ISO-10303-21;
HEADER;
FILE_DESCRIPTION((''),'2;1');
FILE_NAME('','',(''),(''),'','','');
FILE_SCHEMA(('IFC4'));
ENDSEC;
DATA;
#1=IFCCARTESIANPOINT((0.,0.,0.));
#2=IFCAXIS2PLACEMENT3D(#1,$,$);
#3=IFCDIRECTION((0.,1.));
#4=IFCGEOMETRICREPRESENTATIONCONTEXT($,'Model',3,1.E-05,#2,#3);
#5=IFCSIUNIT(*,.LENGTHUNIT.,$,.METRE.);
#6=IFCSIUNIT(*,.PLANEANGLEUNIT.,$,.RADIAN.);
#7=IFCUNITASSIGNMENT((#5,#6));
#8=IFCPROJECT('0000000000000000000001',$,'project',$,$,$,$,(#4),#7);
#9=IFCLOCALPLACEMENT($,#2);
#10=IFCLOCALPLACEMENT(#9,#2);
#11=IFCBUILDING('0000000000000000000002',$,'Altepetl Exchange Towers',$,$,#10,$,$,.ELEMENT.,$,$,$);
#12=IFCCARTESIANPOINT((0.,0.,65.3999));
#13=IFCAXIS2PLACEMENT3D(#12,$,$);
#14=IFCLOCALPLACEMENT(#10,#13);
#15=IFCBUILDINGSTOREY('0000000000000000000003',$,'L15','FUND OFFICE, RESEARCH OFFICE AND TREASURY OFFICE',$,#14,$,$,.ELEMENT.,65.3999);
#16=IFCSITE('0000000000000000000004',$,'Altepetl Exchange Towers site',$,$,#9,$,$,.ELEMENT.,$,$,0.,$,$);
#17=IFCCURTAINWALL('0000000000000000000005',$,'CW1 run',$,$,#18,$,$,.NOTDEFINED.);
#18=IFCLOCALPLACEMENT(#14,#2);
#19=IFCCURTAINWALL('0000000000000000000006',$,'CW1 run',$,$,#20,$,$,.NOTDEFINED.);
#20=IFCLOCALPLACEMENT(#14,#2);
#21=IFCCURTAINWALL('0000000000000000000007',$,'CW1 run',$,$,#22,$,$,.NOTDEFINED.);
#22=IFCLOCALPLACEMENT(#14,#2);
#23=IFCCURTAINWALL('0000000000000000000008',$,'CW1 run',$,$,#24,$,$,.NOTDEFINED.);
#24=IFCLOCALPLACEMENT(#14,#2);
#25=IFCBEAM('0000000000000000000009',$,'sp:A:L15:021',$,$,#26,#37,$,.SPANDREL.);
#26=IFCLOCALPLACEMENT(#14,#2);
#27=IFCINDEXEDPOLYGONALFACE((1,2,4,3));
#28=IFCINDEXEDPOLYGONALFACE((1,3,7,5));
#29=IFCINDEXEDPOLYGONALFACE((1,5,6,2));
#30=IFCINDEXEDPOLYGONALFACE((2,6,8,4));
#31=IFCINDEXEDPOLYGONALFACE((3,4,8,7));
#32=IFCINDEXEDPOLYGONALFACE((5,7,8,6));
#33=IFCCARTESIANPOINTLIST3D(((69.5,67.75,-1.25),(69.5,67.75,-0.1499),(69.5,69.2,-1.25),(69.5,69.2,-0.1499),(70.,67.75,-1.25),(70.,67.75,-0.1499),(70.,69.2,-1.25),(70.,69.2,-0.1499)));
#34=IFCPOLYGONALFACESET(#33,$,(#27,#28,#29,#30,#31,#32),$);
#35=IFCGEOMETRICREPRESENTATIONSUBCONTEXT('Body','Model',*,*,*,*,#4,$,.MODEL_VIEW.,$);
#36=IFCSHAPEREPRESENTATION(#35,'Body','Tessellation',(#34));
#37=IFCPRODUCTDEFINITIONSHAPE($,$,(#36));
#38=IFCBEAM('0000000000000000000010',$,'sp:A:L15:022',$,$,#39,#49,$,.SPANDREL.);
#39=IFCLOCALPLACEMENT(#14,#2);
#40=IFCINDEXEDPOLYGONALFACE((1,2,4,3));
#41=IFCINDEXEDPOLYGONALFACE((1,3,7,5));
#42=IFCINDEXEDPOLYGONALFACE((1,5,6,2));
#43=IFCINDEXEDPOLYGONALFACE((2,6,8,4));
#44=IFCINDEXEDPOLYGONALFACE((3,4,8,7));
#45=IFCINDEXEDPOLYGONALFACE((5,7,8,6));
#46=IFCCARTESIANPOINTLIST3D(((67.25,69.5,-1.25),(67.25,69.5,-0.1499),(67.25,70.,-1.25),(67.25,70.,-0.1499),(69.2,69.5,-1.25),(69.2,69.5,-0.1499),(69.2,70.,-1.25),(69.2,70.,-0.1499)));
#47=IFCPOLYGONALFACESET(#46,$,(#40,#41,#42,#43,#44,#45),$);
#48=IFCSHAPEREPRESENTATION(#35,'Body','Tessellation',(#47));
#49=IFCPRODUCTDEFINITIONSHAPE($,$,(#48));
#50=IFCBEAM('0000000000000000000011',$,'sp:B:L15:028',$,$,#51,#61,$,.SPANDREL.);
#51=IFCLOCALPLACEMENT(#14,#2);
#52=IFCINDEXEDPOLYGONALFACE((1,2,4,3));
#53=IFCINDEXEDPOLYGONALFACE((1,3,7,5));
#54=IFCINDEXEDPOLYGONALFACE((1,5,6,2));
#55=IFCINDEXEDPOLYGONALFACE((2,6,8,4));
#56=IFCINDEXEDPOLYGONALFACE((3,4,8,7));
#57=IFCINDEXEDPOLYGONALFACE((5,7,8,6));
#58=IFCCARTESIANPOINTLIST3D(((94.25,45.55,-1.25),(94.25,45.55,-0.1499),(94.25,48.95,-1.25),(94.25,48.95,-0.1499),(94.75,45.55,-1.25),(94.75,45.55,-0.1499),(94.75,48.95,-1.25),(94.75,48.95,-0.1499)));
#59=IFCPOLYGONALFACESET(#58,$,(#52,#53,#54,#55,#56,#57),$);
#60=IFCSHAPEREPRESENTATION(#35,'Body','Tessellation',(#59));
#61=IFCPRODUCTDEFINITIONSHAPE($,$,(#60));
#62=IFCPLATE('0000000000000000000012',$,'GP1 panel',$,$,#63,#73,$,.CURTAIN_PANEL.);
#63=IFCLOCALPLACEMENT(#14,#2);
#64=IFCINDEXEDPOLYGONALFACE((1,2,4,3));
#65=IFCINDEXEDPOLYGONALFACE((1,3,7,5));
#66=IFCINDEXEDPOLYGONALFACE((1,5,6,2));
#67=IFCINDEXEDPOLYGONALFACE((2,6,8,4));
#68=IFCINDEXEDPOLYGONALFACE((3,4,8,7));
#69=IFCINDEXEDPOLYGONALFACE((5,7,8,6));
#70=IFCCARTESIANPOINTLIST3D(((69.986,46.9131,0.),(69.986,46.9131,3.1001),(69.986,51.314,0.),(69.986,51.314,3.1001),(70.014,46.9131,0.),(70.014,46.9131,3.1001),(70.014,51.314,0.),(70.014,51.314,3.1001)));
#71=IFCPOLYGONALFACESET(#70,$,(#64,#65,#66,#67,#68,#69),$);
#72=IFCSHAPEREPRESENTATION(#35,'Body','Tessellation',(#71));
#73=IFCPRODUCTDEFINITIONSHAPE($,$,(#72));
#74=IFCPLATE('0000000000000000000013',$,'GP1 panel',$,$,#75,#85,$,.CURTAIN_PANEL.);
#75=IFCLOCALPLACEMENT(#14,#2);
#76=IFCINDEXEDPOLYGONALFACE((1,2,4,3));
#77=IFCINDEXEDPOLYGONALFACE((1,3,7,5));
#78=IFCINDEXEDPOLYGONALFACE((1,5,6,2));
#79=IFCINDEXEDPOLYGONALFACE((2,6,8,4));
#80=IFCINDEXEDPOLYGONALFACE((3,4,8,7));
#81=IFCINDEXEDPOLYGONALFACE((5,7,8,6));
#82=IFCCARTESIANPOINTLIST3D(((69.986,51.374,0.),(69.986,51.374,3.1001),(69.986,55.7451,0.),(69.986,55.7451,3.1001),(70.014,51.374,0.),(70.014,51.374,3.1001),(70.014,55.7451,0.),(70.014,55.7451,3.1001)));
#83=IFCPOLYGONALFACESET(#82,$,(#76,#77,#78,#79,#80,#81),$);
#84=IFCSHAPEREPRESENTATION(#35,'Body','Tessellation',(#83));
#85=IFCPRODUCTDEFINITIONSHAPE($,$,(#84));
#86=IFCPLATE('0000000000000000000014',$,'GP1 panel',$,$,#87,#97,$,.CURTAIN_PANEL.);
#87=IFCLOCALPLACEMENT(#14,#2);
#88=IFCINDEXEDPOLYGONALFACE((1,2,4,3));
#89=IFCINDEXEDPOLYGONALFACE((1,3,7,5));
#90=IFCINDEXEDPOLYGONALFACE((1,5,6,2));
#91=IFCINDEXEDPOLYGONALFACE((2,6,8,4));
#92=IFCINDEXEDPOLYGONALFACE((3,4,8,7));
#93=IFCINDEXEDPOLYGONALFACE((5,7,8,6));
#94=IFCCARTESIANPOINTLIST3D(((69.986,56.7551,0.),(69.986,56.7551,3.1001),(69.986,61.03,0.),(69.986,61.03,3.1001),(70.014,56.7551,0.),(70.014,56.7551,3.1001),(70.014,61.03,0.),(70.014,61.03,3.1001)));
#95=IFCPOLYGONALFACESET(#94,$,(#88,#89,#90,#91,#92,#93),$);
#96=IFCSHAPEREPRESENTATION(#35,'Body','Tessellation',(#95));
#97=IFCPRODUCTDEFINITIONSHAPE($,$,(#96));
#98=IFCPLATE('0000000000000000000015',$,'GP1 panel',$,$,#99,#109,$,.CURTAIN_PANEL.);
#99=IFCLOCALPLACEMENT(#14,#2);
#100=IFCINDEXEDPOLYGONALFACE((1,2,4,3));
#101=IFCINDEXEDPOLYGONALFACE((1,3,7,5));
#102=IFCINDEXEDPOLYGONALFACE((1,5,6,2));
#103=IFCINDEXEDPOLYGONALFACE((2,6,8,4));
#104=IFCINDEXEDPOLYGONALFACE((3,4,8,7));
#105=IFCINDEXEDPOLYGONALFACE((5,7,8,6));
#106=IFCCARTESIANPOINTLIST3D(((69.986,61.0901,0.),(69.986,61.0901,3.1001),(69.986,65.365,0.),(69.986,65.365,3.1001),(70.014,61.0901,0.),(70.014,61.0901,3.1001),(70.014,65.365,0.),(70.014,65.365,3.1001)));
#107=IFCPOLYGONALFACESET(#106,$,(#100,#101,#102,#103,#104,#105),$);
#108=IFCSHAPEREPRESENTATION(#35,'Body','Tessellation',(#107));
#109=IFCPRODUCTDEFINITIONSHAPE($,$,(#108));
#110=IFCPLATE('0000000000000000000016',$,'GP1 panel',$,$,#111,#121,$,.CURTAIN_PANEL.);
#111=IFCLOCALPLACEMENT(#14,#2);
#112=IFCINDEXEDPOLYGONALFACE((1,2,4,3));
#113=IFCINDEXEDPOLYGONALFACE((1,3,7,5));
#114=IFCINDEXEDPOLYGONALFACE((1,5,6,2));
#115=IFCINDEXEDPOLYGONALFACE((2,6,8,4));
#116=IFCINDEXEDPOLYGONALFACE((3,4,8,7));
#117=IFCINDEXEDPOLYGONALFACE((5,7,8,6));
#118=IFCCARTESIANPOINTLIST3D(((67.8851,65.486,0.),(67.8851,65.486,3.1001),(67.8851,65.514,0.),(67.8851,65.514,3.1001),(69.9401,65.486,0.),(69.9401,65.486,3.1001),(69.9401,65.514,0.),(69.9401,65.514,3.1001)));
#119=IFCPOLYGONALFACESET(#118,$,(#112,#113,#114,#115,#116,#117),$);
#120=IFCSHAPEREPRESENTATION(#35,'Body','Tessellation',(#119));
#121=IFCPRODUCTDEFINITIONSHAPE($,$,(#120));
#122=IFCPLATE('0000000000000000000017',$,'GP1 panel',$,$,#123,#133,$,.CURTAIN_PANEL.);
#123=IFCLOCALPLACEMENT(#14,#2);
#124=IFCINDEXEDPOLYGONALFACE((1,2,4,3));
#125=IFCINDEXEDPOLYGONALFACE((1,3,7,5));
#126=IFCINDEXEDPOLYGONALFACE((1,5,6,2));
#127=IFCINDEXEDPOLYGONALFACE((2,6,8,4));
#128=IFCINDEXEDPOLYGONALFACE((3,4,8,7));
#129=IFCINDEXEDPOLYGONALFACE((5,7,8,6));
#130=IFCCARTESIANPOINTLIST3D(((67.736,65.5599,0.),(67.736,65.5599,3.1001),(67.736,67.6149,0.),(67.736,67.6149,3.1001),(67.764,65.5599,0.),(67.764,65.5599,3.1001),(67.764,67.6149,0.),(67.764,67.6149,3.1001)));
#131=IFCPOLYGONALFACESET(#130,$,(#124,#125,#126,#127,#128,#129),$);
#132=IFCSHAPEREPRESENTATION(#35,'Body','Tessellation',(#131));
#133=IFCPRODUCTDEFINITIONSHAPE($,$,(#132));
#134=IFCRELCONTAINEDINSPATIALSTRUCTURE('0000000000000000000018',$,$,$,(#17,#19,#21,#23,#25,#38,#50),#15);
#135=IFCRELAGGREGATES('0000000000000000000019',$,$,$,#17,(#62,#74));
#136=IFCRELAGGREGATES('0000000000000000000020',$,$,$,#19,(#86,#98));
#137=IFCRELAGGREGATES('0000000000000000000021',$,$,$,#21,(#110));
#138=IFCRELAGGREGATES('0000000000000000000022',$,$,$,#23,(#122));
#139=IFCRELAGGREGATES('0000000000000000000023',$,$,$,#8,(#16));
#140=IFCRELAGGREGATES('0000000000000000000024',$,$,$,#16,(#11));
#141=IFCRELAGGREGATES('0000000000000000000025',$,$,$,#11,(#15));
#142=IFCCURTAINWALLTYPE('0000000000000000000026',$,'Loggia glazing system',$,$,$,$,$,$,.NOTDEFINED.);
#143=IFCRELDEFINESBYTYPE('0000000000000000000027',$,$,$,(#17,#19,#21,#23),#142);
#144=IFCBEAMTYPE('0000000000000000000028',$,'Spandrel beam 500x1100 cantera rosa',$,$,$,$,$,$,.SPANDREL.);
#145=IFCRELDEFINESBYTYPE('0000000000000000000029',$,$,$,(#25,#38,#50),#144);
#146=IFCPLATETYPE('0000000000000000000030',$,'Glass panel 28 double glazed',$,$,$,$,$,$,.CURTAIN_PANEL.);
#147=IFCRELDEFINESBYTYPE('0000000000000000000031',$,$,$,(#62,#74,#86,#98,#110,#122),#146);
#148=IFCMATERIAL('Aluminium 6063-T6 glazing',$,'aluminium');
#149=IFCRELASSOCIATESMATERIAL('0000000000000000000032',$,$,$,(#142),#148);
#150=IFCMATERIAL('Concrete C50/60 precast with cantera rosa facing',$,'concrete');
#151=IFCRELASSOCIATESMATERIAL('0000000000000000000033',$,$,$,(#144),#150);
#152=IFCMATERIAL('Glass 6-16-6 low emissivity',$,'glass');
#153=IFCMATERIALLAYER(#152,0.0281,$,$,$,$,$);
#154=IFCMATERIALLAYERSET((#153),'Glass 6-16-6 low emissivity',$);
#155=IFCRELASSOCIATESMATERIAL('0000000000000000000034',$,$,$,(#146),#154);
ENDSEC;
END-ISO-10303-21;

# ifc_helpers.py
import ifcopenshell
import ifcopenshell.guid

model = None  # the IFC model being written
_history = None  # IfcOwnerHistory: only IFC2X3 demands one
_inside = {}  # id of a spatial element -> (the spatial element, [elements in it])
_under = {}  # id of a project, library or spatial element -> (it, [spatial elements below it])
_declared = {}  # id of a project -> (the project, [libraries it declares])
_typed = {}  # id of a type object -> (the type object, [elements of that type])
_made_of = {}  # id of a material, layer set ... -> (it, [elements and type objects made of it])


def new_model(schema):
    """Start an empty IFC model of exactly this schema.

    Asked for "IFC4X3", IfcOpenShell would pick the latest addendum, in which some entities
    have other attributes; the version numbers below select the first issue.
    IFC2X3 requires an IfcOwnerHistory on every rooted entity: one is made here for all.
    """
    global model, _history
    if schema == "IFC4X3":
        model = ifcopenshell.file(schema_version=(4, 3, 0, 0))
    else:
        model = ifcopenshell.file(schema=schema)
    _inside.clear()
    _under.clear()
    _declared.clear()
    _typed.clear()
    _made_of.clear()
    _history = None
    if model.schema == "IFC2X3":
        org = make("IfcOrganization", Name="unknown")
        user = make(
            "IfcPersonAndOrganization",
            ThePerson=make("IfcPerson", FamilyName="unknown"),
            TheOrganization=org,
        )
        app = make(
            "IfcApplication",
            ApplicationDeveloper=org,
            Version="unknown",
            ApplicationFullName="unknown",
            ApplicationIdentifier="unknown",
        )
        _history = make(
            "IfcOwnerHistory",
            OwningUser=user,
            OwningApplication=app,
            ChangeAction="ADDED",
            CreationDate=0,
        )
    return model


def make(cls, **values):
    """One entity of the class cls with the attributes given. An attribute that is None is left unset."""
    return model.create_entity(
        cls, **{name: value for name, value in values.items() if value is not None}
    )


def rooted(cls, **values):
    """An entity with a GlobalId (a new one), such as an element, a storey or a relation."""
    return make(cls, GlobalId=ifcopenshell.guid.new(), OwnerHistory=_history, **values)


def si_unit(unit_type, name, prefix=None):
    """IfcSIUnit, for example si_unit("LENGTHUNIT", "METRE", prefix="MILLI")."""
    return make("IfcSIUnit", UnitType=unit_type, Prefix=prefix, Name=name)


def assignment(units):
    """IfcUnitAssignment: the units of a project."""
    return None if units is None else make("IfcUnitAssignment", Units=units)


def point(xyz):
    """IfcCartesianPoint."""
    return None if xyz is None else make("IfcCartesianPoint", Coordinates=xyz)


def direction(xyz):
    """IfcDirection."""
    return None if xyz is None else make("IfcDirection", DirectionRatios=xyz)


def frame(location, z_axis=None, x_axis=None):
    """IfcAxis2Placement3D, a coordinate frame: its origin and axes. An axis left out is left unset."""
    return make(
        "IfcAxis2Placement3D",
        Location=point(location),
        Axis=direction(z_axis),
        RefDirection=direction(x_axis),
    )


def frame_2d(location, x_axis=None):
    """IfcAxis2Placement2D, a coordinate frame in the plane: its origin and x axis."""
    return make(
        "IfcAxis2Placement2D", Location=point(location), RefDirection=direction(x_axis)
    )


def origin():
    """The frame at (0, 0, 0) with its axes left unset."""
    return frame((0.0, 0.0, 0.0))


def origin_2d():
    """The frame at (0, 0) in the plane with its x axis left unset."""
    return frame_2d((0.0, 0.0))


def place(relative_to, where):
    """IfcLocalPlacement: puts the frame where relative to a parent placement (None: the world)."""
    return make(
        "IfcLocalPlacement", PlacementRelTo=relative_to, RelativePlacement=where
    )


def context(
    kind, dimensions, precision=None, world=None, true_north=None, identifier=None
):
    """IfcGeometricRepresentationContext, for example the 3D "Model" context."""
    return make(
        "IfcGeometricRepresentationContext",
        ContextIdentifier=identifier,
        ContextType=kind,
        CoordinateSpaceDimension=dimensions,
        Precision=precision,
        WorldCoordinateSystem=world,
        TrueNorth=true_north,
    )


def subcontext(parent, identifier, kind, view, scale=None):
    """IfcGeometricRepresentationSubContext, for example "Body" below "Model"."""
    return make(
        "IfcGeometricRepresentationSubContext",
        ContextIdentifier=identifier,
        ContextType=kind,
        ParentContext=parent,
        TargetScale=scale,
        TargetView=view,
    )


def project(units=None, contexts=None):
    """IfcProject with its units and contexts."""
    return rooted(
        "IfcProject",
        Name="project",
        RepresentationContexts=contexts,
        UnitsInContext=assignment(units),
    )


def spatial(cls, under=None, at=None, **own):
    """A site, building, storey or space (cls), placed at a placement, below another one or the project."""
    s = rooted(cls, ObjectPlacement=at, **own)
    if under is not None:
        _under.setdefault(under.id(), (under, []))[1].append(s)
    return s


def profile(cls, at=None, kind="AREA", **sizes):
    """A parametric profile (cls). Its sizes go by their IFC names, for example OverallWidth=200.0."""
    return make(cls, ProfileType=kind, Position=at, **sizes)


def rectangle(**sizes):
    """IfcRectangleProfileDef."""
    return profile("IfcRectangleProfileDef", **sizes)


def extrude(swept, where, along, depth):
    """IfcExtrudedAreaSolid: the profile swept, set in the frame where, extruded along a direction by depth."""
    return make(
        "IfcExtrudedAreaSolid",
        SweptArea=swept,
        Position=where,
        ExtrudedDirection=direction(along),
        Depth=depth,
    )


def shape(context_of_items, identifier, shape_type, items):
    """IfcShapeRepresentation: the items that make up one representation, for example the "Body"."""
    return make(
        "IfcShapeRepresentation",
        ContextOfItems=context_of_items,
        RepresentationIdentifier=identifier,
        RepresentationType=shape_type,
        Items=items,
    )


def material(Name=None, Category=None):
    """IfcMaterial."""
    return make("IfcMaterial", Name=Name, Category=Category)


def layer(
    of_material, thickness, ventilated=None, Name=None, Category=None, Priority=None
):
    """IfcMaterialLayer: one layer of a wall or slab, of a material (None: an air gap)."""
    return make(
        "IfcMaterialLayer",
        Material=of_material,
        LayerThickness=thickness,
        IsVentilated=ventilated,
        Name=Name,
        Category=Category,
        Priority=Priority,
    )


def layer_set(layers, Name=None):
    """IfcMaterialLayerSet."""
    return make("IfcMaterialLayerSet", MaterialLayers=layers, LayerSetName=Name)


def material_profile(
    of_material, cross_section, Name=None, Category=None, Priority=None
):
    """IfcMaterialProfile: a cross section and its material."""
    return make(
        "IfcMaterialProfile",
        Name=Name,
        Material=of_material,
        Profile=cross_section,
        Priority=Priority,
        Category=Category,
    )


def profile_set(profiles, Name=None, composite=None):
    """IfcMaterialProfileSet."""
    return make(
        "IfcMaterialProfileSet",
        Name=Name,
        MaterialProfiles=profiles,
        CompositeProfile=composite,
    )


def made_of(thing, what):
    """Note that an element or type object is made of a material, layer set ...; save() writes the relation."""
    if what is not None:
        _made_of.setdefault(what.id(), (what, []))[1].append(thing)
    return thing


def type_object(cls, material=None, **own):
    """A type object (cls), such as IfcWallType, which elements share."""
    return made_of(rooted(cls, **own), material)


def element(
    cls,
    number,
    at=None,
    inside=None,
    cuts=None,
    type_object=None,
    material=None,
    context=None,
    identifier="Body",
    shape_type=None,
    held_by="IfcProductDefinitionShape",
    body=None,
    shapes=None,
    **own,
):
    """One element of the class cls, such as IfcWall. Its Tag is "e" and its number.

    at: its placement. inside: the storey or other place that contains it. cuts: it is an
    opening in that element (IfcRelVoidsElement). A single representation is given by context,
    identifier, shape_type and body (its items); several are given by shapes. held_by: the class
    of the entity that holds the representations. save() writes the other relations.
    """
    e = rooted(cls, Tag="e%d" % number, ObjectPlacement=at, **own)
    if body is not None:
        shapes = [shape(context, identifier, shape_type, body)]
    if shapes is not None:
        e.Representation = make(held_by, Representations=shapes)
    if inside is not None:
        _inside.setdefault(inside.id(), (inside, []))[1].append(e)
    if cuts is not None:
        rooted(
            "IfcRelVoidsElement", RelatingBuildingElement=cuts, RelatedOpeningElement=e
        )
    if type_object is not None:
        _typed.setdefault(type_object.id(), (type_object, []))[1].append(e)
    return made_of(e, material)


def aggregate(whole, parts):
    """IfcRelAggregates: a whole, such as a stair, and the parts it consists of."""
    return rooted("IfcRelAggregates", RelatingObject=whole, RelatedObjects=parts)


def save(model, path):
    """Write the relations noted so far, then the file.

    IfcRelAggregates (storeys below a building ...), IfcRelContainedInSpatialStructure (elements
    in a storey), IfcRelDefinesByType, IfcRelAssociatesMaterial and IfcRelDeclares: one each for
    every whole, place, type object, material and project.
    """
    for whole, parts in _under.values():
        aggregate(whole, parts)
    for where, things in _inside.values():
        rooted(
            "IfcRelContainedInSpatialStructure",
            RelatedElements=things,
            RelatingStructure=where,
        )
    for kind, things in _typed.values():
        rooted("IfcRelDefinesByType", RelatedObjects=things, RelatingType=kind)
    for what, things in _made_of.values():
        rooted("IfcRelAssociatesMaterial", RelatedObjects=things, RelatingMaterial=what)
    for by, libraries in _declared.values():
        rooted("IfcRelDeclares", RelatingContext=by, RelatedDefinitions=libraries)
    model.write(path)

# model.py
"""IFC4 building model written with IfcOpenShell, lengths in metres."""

from ifc_helpers import new_model, si_unit, direction, frame, origin, origin_2d, place, context, subcontext, project, spatial, rectangle, extrude, material, layer, layer_set, material_profile, profile_set, type_object, element, aggregate, save


model = new_model("IFC4")

# Units and contexts
model_context = context("Model", 3, precision=1e-05, world=origin(), true_north=direction((0.0, 1.0)))
body_context = subcontext(model_context, "Body", "Model", "MODEL_VIEW")
ifc_project = project(units=[si_unit("LENGTHUNIT", "METRE"), si_unit("PLANEANGLEUNIT", "RADIAN")], contexts=[model_context])

# Site, building, storey
site_placement = place(None, origin())
site = spatial("IfcSite", under=ifc_project, at=site_placement, Name="Altepetl Exchange Towers site", CompositionType="ELEMENT", RefElevation=0.0)
building_placement = place(site_placement, origin())
building = spatial("IfcBuilding", under=site, at=building_placement, Name="Altepetl Exchange Towers", CompositionType="ELEMENT")
storey_placement = place(building_placement, frame((0.0, 0.0, 65.3999)))
storey = spatial("IfcBuildingStorey", under=building, at=storey_placement, Name="L15", Description="FUND OFFICE, RESEARCH OFFICE AND TREASURY OFFICE", CompositionType="ELEMENT", Elevation=65.3999)

# Curtain walls
ifc_material_1 = material(Name="Aluminium 6063-T6 glazing", Category="aluminium")
curtain_wall_type = type_object("IfcCurtainWallType", Name="Loggia glazing system", PredefinedType="NOTDEFINED", material=ifc_material_1)
curtain_wall_1_placement = place(storey_placement, origin())
curtain_wall_1 = element("IfcCurtainWall", 1, at=curtain_wall_1_placement, inside=storey, type_object=curtain_wall_type, Name="CW1 run", PredefinedType="NOTDEFINED")
curtain_wall_2_placement = place(storey_placement, origin())
curtain_wall_2 = element("IfcCurtainWall", 2, at=curtain_wall_2_placement, inside=storey, type_object=curtain_wall_type, Name="CW1 run", PredefinedType="NOTDEFINED")
curtain_wall_3_placement = place(storey_placement, origin())
curtain_wall_3 = element("IfcCurtainWall", 3, at=curtain_wall_3_placement, inside=storey, type_object=curtain_wall_type, Name="CW1 run", PredefinedType="NOTDEFINED")
curtain_wall_4_placement = place(storey_placement, origin())
curtain_wall_4 = element("IfcCurtainWall", 4, at=curtain_wall_4_placement, inside=storey, type_object=curtain_wall_type, Name="CW1 run", PredefinedType="NOTDEFINED")

# Beams
ifc_material_2 = material(Name="Concrete C50/60 precast with cantera rosa facing", Category="concrete")
ifc_material_profile_1 = material_profile(ifc_material_2, rectangle(XDim=0.5, YDim=1.1001, at=origin_2d()), Name="500 x 1100")
ifc_profile_set_1 = profile_set([ifc_material_profile_1], Name="Concrete C50/60 precast with cantera rosa facing")
beam_type_1 = type_object("IfcBeamType", Name="Spandrel beam 500x1100 cantera rosa", PredefinedType="SPANDREL", material=ifc_profile_set_1)
beam_1_placement = place(storey_placement, frame((69.75, 67.75, -0.7), z_axis=(0.0, 1.0, 0.0), x_axis=(-1.0, 0.0, 0.0)))
element("IfcBeam", 5, at=beam_1_placement, inside=storey, type_object=beam_type_1, Name="sp:A:L15:021", PredefinedType="SPANDREL", context=body_context, shape_type="SweptSolid", body=[
    extrude(rectangle(XDim=0.5, YDim=1.1001, at=origin_2d()), origin(), (0.0, 0.0, 1.0), 1.45),
])
beam_2_placement = place(storey_placement, frame((69.2, 69.75, -0.7), z_axis=(-1.0, 0.0, 0.0), x_axis=(0.0, -1.0, 0.0)))
element("IfcBeam", 6, at=beam_2_placement, inside=storey, type_object=beam_type_1, Name="sp:A:L15:022", PredefinedType="SPANDREL", context=body_context, shape_type="SweptSolid", body=[
    extrude(rectangle(XDim=0.5, YDim=1.1001, at=origin_2d()), origin(), (0.0, 0.0, 1.0), 1.95),
])
beam_3_placement = place(storey_placement, frame((94.5, 48.95, -0.7), z_axis=(0.0, -1.0, 0.0), x_axis=(1.0, 0.0, 0.0)))
element("IfcBeam", 7, at=beam_3_placement, inside=storey, type_object=beam_type_1, Name="sp:B:L15:028", PredefinedType="SPANDREL", context=body_context, shape_type="SweptSolid", body=[
    extrude(rectangle(XDim=0.5, YDim=1.1001, at=origin_2d()), origin(), (0.0, 0.0, 1.0), 3.3999),
])

# Plates
ifc_material_3 = material(Name="Glass 6-16-6 low emissivity", Category="glass")
ifc_layer = layer(ifc_material_3, 0.0281)
ifc_layer_set = layer_set([ifc_layer], Name="Glass 6-16-6 low emissivity")
plate_type = type_object("IfcPlateType", Name="Glass panel 28 double glazed", PredefinedType="CURTAIN_PANEL", material=ifc_layer_set)
plate_1_placement = place(storey_placement, frame((70.0, 49.1135, 0.0), z_axis=(0.0, 0.0, 1.0), x_axis=(0.0, 1.0, 0.0)))
plate_1 = element("IfcPlate", 8, at=plate_1_placement, type_object=plate_type, Name="GP1 panel", PredefinedType="CURTAIN_PANEL", context=body_context, shape_type="SweptSolid", body=[
    extrude(rectangle(XDim=4.4009, YDim=0.0281, at=origin_2d()), origin(), (0.0, 0.0, 1.0), 3.1001),
])
plate_2_placement = place(storey_placement, frame((70.0, 53.5596, 0.0), z_axis=(0.0, 0.0, 1.0), x_axis=(0.0, 1.0, 0.0)))
plate_2 = element("IfcPlate", 9, at=plate_2_placement, type_object=plate_type, Name="GP1 panel", PredefinedType="CURTAIN_PANEL", context=body_context, shape_type="SweptSolid", body=[
    extrude(rectangle(XDim=4.3711, YDim=0.0281, at=origin_2d()), origin(), (0.0, 0.0, 1.0), 3.1001),
])
aggregate(curtain_wall_1, [plate_1, plate_2])
plate_3_placement = place(storey_placement, frame((70.0, 58.8926, 0.0), z_axis=(0.0, 0.0, 1.0), x_axis=(0.0, 1.0, 0.0)))
plate_3 = element("IfcPlate", 10, at=plate_3_placement, type_object=plate_type, Name="GP1 panel", PredefinedType="CURTAIN_PANEL", context=body_context, shape_type="SweptSolid", body=[
    extrude(rectangle(XDim=4.2749, YDim=0.0281, at=origin_2d()), origin(), (0.0, 0.0, 1.0), 3.1001),
])
plate_4_placement = place(storey_placement, frame((70.0, 63.2275, 0.0), z_axis=(0.0, 0.0, 1.0), x_axis=(0.0, 1.0, 0.0)))
plate_4 = element("IfcPlate", 11, at=plate_4_placement, type_object=plate_type, Name="GP1 panel", PredefinedType="CURTAIN_PANEL", context=body_context, shape_type="SweptSolid", body=[
    extrude(rectangle(XDim=4.2749, YDim=0.0281, at=origin_2d()), origin(), (0.0, 0.0, 1.0), 3.1001),
])
aggregate(curtain_wall_2, [plate_3, plate_4])
plate_5_placement = place(storey_placement, frame((68.9126, 65.5, 0.0), z_axis=(0.0, 0.0, 1.0), x_axis=(-1.0, 0.0, 0.0)))
plate_5 = element("IfcPlate", 12, at=plate_5_placement, type_object=plate_type, Name="GP1 panel", PredefinedType="CURTAIN_PANEL", context=body_context, shape_type="SweptSolid", body=[
    extrude(rectangle(XDim=2.0549, YDim=0.0281, at=origin_2d()), origin(), (0.0, 0.0, 1.0), 3.1001),
])
aggregate(curtain_wall_3, [plate_5])
plate_6_placement = place(storey_placement, frame((67.75, 66.5874, 0.0), z_axis=(0.0, 0.0, 1.0), x_axis=(0.0, 1.0, 0.0)))
plate_6 = element("IfcPlate", 13, at=plate_6_placement, type_object=plate_type, Name="GP1 panel", PredefinedType="CURTAIN_PANEL", context=body_context, shape_type="SweptSolid", body=[
    extrude(rectangle(XDim=2.0549, YDim=0.0281, at=origin_2d()), origin(), (0.0, 0.0, 1.0), 3.1001),
])
aggregate(curtain_wall_4, [plate_6])

save(model, "model.ifc")
